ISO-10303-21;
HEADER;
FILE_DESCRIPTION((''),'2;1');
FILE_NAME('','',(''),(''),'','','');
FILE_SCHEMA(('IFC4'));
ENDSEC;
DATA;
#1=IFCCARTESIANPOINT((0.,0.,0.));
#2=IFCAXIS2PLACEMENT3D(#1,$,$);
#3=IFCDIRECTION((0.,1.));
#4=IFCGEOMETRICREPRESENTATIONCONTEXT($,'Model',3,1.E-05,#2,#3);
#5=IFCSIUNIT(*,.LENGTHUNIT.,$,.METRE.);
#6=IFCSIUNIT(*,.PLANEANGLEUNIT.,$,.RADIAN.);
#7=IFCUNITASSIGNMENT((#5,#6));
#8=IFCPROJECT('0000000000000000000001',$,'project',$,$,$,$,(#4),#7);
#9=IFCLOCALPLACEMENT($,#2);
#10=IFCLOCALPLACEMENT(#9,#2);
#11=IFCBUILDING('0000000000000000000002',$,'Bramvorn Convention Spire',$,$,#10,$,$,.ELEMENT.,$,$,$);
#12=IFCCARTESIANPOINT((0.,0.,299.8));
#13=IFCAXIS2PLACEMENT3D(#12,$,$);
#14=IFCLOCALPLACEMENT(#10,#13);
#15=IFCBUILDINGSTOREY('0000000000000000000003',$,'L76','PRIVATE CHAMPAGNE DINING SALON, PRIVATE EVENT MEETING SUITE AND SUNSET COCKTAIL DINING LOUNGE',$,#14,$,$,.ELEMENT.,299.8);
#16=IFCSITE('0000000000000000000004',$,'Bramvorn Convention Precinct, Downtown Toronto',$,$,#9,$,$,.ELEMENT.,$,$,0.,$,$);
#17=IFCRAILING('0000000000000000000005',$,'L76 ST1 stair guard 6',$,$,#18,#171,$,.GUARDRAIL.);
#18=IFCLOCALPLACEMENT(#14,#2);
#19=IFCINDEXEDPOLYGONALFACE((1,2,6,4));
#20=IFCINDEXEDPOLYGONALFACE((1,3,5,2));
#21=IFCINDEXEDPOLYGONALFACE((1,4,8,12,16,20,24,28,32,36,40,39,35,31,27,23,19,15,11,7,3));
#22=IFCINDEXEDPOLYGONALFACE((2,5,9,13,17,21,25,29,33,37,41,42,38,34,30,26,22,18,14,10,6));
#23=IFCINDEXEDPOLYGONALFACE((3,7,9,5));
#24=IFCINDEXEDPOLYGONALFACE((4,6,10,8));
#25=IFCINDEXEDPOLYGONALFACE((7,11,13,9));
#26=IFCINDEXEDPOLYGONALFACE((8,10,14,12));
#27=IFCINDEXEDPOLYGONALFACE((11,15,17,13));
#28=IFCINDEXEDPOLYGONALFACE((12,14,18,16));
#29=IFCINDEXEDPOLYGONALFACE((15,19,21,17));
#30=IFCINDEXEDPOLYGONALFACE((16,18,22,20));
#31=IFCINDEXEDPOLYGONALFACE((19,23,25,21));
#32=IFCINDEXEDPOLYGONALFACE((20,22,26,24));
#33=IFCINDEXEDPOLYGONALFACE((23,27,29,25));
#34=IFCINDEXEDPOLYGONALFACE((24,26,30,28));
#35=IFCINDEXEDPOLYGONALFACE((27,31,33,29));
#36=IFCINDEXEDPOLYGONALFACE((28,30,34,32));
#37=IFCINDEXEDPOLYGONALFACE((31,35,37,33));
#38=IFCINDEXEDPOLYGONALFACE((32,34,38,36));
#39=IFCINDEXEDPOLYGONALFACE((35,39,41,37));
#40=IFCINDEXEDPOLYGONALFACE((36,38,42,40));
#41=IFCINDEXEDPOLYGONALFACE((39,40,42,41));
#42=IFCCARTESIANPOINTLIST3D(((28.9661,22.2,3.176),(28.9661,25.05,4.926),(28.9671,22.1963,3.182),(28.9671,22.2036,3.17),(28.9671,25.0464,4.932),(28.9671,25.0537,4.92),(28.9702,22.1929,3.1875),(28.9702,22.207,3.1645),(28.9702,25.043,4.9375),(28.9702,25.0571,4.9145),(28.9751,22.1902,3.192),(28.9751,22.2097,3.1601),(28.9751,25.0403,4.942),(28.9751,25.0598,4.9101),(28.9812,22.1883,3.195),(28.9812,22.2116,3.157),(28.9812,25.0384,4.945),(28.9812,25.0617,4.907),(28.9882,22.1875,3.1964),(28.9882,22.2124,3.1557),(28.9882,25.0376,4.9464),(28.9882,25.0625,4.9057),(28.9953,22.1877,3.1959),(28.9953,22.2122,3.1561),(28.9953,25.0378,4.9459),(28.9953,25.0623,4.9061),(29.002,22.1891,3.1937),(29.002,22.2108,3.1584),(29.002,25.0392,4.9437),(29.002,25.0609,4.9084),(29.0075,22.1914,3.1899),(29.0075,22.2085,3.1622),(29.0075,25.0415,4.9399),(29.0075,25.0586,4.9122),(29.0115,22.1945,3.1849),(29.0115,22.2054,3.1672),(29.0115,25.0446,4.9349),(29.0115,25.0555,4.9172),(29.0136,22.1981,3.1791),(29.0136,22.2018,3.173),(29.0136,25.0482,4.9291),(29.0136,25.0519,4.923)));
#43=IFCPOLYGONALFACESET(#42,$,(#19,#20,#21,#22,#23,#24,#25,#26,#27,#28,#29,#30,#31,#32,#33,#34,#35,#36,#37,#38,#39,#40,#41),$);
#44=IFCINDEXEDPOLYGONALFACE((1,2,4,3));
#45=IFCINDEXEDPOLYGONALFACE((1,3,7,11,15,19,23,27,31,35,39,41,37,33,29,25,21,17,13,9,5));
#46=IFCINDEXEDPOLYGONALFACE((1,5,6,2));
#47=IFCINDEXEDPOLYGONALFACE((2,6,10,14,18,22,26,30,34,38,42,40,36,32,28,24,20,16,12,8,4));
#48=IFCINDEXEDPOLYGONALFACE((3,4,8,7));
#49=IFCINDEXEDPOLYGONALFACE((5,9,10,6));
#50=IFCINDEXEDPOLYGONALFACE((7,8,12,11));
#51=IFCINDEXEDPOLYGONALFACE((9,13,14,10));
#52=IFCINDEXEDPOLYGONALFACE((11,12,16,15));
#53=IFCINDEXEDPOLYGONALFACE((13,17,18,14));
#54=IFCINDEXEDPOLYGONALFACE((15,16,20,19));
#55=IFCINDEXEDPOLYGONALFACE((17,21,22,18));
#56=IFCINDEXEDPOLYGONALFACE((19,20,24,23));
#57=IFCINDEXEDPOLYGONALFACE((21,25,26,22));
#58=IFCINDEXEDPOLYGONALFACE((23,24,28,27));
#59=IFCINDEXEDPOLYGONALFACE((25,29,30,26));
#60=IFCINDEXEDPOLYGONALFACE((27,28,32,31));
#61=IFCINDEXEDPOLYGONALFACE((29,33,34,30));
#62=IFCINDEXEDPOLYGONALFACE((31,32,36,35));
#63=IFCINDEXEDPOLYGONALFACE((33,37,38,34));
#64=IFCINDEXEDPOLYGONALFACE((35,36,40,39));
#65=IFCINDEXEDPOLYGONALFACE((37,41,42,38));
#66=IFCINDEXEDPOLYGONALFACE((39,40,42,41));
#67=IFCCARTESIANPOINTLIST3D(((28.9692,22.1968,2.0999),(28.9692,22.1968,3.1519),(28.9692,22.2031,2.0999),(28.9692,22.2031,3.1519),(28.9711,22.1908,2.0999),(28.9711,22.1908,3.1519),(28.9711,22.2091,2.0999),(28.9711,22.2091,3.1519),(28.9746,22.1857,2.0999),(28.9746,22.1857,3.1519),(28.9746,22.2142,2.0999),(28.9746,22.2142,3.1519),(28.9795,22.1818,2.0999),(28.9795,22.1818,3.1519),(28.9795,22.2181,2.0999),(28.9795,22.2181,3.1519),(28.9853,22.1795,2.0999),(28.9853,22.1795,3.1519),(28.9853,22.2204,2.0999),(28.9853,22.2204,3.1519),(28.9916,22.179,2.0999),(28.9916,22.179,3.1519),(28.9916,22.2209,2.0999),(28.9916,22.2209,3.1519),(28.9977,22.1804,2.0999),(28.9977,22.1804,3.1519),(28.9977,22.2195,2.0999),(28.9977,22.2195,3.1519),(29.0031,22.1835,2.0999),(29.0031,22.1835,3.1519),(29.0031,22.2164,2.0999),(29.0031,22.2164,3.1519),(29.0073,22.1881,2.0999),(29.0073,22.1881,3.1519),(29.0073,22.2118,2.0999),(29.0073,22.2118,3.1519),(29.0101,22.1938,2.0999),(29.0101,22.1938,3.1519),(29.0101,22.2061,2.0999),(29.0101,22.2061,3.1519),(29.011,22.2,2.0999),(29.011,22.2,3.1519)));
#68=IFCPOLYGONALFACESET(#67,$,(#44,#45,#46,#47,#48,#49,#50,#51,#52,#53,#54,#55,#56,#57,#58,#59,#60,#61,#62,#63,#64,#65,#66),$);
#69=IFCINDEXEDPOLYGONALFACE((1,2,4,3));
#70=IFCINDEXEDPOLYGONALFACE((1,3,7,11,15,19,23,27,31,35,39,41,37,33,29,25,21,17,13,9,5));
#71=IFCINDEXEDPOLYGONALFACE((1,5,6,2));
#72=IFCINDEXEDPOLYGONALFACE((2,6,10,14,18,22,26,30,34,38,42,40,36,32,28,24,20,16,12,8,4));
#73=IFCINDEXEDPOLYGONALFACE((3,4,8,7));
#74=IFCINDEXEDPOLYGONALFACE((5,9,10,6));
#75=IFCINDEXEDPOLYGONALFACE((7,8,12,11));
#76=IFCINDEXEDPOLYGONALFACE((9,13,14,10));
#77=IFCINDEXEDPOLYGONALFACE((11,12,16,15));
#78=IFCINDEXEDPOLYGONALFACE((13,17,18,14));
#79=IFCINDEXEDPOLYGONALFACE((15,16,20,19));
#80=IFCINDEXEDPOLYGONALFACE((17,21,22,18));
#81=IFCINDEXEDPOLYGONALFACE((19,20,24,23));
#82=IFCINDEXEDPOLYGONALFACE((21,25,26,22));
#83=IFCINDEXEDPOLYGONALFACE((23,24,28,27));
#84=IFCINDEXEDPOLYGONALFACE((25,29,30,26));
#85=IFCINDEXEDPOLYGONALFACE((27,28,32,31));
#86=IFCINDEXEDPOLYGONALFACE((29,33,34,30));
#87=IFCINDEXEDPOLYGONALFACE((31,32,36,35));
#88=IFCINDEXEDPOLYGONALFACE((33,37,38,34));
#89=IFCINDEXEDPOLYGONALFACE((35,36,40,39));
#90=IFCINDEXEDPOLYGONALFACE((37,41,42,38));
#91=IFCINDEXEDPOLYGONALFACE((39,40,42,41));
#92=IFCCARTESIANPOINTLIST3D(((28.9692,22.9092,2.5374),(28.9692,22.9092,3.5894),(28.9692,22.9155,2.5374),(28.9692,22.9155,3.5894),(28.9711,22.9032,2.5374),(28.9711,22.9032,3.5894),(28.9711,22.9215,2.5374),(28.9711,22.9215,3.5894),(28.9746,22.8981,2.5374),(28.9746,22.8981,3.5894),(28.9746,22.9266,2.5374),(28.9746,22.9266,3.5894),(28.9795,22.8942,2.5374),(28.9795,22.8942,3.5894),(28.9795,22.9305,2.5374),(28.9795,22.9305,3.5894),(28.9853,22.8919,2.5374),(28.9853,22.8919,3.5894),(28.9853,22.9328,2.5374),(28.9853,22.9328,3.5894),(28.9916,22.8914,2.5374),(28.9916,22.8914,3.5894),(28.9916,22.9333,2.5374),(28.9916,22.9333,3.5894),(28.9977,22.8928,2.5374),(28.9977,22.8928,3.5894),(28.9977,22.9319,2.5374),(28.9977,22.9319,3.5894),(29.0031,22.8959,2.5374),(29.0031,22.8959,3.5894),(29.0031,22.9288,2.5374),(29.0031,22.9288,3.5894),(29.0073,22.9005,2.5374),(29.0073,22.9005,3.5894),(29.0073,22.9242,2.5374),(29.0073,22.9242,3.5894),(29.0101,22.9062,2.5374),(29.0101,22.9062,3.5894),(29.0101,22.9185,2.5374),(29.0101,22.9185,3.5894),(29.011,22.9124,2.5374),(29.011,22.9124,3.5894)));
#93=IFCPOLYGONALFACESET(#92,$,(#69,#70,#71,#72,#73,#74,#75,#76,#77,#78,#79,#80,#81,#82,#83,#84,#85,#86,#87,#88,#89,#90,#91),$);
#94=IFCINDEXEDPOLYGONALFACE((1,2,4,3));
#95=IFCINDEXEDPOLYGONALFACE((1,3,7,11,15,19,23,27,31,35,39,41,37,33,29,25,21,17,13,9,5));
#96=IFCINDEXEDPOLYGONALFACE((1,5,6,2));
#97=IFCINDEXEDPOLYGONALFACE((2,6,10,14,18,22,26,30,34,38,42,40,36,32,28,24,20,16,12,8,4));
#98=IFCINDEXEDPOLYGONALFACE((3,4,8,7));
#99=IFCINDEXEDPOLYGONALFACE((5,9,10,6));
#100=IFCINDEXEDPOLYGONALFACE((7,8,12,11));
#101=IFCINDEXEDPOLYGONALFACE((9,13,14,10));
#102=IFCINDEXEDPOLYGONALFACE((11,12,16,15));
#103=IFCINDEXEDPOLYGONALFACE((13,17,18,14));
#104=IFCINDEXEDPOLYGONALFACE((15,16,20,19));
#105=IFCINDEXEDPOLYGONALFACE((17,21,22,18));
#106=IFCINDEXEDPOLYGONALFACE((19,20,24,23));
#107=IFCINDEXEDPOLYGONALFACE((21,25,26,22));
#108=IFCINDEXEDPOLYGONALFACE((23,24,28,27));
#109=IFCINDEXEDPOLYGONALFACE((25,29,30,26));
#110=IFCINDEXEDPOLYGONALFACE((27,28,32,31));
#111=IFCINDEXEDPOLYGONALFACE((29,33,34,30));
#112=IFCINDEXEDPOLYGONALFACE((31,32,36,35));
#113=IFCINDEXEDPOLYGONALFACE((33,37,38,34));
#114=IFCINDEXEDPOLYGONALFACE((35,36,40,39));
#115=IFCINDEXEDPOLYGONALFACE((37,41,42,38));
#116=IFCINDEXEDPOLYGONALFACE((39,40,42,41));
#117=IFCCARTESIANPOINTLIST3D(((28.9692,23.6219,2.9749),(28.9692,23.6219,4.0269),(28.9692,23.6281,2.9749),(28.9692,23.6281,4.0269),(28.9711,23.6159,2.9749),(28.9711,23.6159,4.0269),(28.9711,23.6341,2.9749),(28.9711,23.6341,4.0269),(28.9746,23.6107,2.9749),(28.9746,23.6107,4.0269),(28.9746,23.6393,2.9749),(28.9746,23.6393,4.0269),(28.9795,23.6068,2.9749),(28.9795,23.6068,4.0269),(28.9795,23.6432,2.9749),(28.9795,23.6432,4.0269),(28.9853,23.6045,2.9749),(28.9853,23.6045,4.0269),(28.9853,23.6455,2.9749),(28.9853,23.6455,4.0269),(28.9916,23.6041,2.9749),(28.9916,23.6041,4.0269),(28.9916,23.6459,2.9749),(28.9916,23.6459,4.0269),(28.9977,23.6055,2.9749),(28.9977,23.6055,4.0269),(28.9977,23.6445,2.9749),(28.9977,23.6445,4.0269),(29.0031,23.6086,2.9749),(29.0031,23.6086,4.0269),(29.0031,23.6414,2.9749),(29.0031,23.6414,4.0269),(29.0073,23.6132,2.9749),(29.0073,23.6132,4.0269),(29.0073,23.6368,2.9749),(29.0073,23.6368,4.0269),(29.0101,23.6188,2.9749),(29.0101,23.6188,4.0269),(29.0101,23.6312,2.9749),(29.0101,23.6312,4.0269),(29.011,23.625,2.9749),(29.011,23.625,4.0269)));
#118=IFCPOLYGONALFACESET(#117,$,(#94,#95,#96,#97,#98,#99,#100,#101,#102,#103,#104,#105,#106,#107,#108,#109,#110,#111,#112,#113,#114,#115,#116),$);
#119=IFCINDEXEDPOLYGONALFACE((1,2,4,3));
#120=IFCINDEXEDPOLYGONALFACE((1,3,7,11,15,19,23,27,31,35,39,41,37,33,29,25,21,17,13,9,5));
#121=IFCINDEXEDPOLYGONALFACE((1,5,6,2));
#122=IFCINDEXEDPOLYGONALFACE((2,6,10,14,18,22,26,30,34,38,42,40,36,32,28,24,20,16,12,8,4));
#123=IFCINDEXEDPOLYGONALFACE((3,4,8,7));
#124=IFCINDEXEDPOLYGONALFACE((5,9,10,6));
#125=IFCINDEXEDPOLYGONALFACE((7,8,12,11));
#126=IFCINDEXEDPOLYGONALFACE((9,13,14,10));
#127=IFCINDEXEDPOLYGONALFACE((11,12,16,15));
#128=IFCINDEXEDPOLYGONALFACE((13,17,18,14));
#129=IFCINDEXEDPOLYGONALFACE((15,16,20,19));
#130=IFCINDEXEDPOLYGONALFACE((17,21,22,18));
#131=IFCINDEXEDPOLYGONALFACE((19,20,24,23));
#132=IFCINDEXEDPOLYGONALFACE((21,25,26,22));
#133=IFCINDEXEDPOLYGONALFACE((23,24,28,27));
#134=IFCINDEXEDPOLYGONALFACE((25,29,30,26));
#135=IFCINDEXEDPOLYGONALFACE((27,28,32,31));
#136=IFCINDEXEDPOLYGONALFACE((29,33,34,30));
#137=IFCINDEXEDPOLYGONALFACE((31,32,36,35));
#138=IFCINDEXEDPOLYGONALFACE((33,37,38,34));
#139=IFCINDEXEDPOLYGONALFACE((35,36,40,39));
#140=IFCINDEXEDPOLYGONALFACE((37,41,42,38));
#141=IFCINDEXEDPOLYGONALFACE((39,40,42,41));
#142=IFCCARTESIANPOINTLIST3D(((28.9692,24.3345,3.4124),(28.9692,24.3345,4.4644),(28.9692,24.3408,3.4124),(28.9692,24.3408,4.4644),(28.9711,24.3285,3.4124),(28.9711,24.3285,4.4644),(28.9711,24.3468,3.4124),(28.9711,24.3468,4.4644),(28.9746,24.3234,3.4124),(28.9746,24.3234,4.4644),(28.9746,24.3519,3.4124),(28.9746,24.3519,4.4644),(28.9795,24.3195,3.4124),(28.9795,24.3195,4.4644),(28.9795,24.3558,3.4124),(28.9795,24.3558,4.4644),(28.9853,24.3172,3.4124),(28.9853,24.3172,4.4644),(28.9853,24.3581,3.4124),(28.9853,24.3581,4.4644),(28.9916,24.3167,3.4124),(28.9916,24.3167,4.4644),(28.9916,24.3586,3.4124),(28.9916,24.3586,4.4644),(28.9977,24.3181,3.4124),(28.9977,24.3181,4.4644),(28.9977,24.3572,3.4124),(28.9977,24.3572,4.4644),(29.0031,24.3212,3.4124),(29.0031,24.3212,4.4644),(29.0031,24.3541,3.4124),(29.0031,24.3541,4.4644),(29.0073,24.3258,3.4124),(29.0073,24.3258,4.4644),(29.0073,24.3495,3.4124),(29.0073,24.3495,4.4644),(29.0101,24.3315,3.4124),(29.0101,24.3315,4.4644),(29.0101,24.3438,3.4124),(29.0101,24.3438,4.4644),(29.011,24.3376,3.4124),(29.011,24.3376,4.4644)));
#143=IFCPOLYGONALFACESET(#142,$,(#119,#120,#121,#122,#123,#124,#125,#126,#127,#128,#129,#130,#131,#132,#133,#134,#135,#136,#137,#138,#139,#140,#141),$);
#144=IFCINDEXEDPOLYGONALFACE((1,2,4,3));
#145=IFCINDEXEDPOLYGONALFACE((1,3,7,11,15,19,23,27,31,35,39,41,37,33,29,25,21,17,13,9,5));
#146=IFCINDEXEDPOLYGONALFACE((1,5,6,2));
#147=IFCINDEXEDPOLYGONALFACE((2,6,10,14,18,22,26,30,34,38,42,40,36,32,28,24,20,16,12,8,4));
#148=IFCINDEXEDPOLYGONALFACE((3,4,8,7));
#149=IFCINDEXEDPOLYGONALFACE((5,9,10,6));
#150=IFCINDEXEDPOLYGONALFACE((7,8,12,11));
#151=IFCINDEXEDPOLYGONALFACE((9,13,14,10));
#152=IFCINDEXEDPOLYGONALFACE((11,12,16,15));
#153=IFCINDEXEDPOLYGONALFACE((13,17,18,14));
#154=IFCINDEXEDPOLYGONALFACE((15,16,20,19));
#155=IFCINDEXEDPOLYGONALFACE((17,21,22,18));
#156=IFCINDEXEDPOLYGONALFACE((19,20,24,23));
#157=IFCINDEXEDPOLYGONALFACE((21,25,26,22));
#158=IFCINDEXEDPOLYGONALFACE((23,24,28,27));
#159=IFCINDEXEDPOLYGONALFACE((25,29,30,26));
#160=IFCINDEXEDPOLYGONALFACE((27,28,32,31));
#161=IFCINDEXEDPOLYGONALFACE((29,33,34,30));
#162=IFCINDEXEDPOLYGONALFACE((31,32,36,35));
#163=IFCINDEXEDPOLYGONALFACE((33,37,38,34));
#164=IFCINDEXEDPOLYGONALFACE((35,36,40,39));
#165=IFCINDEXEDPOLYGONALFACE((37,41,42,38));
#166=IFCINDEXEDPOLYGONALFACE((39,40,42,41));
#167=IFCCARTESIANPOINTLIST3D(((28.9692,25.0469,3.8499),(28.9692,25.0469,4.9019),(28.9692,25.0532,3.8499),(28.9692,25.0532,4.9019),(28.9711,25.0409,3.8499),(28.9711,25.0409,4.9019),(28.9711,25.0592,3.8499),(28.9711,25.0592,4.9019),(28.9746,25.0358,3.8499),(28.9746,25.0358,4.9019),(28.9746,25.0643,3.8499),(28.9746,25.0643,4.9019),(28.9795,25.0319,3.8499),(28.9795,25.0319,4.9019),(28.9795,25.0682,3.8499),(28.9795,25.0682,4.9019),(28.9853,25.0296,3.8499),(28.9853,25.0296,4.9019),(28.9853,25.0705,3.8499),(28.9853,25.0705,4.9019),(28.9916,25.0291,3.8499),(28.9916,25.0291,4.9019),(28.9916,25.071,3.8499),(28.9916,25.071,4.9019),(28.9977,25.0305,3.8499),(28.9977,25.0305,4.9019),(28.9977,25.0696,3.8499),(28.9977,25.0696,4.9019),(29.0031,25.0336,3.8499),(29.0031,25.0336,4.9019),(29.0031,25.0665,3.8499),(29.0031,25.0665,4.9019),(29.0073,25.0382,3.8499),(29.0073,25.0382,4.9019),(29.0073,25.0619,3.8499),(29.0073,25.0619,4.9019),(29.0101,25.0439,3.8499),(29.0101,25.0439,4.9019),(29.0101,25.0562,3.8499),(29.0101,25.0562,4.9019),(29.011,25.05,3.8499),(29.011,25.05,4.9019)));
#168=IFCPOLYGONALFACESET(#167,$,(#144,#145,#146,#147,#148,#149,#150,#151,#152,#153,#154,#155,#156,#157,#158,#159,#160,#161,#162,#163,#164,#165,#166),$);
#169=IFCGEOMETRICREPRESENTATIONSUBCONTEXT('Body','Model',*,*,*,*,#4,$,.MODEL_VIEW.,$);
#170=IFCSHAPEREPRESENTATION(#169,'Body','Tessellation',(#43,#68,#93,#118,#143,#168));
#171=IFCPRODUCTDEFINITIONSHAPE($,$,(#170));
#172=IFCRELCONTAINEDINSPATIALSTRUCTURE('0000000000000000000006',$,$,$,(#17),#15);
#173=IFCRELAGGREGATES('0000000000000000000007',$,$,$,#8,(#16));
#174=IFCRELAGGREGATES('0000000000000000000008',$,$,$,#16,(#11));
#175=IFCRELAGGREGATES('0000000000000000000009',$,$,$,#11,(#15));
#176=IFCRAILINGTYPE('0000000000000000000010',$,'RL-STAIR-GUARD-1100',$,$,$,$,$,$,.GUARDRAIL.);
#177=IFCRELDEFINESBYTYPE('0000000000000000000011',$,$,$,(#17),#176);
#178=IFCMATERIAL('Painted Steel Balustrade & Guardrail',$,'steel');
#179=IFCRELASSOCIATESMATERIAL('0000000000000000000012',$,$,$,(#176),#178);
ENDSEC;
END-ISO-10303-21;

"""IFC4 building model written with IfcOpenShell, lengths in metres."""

from ifc_helpers import new_model, si_unit, direction, frame, origin, origin_2d, place, context, subcontext, project, spatial, circle, extrude, material, type_object, element, save


model = new_model("IFC4")

# Units and contexts
model_context = context("Model", 3, precision=1e-05, world=origin(), true_north=direction((0.0, 1.0)))
body_context = subcontext(model_context, "Body", "Model", "MODEL_VIEW")
ifc_project = project(units=[si_unit("LENGTHUNIT", "METRE"), si_unit("PLANEANGLEUNIT", "RADIAN")], contexts=[model_context])

# Site, building, storey
site_placement = place(None, origin())
site = spatial("IfcSite", under=ifc_project, at=site_placement, Name="Bramvorn Convention Precinct, Downtown Toronto", CompositionType="ELEMENT", RefElevation=0.0)
building_placement = place(site_placement, origin())
building = spatial("IfcBuilding", under=site, at=building_placement, Name="Bramvorn Convention Spire", CompositionType="ELEMENT")
storey_placement = place(building_placement, frame((0.0, 0.0, 299.8)))
storey = spatial("IfcBuildingStorey", under=building, at=storey_placement, Name="L76", Description="PRIVATE CHAMPAGNE DINING SALON, PRIVATE EVENT MEETING SUITE AND SUNSET COCKTAIL DINING LOUNGE", CompositionType="ELEMENT", Elevation=299.8)

# Railing
ifc_material_1 = material(Name="Painted Steel Balustrade & Guardrail", Category="steel")
railing_type_1 = type_object("IfcRailingType", Name="RL-STAIR-GUARD-1100", PredefinedType="GUARDRAIL", material=ifc_material_1)
railing_1_placement = place(storey_placement, frame((28.99, 22.2, 2.0999)))
element("IfcRailing", 1, at=railing_1_placement, inside=storey, type_object=railing_type_1, Name="L76 ST1 stair guard 6", PredefinedType="GUARDRAIL", context=body_context, shape_type="SweptSolid", body=[
    extrude(circle(Radius=0.0239, at=origin_2d()), frame((0.0, 0.0, 1.0762), z_axis=(0.0, 0.852179, 0.52325), x_axis=(-1.0, 0.0, 0.0)), (0.0, 0.0, 1.0), 3.3445),
    extrude(circle(Radius=0.021, at=origin_2d()), origin(), (0.0, 0.0, 1.0), 1.052),
    extrude(circle(Radius=0.021, at=origin_2d()), frame((0.0, 0.7124, 0.4375)), (0.0, 0.0, 1.0), 1.052),
    extrude(circle(Radius=0.021, at=origin_2d()), frame((0.0, 1.425, 0.875)), (0.0, 0.0, 1.0), 1.052),
    extrude(circle(Radius=0.021, at=origin_2d()), frame((0.0, 2.1377, 1.3125)), (0.0, 0.0, 1.0), 1.052),
    extrude(circle(Radius=0.021, at=origin_2d()), frame((0.0, 2.8501, 1.75)), (0.0, 0.0, 1.0), 1.052),
])

save(model, "model.ifc")
